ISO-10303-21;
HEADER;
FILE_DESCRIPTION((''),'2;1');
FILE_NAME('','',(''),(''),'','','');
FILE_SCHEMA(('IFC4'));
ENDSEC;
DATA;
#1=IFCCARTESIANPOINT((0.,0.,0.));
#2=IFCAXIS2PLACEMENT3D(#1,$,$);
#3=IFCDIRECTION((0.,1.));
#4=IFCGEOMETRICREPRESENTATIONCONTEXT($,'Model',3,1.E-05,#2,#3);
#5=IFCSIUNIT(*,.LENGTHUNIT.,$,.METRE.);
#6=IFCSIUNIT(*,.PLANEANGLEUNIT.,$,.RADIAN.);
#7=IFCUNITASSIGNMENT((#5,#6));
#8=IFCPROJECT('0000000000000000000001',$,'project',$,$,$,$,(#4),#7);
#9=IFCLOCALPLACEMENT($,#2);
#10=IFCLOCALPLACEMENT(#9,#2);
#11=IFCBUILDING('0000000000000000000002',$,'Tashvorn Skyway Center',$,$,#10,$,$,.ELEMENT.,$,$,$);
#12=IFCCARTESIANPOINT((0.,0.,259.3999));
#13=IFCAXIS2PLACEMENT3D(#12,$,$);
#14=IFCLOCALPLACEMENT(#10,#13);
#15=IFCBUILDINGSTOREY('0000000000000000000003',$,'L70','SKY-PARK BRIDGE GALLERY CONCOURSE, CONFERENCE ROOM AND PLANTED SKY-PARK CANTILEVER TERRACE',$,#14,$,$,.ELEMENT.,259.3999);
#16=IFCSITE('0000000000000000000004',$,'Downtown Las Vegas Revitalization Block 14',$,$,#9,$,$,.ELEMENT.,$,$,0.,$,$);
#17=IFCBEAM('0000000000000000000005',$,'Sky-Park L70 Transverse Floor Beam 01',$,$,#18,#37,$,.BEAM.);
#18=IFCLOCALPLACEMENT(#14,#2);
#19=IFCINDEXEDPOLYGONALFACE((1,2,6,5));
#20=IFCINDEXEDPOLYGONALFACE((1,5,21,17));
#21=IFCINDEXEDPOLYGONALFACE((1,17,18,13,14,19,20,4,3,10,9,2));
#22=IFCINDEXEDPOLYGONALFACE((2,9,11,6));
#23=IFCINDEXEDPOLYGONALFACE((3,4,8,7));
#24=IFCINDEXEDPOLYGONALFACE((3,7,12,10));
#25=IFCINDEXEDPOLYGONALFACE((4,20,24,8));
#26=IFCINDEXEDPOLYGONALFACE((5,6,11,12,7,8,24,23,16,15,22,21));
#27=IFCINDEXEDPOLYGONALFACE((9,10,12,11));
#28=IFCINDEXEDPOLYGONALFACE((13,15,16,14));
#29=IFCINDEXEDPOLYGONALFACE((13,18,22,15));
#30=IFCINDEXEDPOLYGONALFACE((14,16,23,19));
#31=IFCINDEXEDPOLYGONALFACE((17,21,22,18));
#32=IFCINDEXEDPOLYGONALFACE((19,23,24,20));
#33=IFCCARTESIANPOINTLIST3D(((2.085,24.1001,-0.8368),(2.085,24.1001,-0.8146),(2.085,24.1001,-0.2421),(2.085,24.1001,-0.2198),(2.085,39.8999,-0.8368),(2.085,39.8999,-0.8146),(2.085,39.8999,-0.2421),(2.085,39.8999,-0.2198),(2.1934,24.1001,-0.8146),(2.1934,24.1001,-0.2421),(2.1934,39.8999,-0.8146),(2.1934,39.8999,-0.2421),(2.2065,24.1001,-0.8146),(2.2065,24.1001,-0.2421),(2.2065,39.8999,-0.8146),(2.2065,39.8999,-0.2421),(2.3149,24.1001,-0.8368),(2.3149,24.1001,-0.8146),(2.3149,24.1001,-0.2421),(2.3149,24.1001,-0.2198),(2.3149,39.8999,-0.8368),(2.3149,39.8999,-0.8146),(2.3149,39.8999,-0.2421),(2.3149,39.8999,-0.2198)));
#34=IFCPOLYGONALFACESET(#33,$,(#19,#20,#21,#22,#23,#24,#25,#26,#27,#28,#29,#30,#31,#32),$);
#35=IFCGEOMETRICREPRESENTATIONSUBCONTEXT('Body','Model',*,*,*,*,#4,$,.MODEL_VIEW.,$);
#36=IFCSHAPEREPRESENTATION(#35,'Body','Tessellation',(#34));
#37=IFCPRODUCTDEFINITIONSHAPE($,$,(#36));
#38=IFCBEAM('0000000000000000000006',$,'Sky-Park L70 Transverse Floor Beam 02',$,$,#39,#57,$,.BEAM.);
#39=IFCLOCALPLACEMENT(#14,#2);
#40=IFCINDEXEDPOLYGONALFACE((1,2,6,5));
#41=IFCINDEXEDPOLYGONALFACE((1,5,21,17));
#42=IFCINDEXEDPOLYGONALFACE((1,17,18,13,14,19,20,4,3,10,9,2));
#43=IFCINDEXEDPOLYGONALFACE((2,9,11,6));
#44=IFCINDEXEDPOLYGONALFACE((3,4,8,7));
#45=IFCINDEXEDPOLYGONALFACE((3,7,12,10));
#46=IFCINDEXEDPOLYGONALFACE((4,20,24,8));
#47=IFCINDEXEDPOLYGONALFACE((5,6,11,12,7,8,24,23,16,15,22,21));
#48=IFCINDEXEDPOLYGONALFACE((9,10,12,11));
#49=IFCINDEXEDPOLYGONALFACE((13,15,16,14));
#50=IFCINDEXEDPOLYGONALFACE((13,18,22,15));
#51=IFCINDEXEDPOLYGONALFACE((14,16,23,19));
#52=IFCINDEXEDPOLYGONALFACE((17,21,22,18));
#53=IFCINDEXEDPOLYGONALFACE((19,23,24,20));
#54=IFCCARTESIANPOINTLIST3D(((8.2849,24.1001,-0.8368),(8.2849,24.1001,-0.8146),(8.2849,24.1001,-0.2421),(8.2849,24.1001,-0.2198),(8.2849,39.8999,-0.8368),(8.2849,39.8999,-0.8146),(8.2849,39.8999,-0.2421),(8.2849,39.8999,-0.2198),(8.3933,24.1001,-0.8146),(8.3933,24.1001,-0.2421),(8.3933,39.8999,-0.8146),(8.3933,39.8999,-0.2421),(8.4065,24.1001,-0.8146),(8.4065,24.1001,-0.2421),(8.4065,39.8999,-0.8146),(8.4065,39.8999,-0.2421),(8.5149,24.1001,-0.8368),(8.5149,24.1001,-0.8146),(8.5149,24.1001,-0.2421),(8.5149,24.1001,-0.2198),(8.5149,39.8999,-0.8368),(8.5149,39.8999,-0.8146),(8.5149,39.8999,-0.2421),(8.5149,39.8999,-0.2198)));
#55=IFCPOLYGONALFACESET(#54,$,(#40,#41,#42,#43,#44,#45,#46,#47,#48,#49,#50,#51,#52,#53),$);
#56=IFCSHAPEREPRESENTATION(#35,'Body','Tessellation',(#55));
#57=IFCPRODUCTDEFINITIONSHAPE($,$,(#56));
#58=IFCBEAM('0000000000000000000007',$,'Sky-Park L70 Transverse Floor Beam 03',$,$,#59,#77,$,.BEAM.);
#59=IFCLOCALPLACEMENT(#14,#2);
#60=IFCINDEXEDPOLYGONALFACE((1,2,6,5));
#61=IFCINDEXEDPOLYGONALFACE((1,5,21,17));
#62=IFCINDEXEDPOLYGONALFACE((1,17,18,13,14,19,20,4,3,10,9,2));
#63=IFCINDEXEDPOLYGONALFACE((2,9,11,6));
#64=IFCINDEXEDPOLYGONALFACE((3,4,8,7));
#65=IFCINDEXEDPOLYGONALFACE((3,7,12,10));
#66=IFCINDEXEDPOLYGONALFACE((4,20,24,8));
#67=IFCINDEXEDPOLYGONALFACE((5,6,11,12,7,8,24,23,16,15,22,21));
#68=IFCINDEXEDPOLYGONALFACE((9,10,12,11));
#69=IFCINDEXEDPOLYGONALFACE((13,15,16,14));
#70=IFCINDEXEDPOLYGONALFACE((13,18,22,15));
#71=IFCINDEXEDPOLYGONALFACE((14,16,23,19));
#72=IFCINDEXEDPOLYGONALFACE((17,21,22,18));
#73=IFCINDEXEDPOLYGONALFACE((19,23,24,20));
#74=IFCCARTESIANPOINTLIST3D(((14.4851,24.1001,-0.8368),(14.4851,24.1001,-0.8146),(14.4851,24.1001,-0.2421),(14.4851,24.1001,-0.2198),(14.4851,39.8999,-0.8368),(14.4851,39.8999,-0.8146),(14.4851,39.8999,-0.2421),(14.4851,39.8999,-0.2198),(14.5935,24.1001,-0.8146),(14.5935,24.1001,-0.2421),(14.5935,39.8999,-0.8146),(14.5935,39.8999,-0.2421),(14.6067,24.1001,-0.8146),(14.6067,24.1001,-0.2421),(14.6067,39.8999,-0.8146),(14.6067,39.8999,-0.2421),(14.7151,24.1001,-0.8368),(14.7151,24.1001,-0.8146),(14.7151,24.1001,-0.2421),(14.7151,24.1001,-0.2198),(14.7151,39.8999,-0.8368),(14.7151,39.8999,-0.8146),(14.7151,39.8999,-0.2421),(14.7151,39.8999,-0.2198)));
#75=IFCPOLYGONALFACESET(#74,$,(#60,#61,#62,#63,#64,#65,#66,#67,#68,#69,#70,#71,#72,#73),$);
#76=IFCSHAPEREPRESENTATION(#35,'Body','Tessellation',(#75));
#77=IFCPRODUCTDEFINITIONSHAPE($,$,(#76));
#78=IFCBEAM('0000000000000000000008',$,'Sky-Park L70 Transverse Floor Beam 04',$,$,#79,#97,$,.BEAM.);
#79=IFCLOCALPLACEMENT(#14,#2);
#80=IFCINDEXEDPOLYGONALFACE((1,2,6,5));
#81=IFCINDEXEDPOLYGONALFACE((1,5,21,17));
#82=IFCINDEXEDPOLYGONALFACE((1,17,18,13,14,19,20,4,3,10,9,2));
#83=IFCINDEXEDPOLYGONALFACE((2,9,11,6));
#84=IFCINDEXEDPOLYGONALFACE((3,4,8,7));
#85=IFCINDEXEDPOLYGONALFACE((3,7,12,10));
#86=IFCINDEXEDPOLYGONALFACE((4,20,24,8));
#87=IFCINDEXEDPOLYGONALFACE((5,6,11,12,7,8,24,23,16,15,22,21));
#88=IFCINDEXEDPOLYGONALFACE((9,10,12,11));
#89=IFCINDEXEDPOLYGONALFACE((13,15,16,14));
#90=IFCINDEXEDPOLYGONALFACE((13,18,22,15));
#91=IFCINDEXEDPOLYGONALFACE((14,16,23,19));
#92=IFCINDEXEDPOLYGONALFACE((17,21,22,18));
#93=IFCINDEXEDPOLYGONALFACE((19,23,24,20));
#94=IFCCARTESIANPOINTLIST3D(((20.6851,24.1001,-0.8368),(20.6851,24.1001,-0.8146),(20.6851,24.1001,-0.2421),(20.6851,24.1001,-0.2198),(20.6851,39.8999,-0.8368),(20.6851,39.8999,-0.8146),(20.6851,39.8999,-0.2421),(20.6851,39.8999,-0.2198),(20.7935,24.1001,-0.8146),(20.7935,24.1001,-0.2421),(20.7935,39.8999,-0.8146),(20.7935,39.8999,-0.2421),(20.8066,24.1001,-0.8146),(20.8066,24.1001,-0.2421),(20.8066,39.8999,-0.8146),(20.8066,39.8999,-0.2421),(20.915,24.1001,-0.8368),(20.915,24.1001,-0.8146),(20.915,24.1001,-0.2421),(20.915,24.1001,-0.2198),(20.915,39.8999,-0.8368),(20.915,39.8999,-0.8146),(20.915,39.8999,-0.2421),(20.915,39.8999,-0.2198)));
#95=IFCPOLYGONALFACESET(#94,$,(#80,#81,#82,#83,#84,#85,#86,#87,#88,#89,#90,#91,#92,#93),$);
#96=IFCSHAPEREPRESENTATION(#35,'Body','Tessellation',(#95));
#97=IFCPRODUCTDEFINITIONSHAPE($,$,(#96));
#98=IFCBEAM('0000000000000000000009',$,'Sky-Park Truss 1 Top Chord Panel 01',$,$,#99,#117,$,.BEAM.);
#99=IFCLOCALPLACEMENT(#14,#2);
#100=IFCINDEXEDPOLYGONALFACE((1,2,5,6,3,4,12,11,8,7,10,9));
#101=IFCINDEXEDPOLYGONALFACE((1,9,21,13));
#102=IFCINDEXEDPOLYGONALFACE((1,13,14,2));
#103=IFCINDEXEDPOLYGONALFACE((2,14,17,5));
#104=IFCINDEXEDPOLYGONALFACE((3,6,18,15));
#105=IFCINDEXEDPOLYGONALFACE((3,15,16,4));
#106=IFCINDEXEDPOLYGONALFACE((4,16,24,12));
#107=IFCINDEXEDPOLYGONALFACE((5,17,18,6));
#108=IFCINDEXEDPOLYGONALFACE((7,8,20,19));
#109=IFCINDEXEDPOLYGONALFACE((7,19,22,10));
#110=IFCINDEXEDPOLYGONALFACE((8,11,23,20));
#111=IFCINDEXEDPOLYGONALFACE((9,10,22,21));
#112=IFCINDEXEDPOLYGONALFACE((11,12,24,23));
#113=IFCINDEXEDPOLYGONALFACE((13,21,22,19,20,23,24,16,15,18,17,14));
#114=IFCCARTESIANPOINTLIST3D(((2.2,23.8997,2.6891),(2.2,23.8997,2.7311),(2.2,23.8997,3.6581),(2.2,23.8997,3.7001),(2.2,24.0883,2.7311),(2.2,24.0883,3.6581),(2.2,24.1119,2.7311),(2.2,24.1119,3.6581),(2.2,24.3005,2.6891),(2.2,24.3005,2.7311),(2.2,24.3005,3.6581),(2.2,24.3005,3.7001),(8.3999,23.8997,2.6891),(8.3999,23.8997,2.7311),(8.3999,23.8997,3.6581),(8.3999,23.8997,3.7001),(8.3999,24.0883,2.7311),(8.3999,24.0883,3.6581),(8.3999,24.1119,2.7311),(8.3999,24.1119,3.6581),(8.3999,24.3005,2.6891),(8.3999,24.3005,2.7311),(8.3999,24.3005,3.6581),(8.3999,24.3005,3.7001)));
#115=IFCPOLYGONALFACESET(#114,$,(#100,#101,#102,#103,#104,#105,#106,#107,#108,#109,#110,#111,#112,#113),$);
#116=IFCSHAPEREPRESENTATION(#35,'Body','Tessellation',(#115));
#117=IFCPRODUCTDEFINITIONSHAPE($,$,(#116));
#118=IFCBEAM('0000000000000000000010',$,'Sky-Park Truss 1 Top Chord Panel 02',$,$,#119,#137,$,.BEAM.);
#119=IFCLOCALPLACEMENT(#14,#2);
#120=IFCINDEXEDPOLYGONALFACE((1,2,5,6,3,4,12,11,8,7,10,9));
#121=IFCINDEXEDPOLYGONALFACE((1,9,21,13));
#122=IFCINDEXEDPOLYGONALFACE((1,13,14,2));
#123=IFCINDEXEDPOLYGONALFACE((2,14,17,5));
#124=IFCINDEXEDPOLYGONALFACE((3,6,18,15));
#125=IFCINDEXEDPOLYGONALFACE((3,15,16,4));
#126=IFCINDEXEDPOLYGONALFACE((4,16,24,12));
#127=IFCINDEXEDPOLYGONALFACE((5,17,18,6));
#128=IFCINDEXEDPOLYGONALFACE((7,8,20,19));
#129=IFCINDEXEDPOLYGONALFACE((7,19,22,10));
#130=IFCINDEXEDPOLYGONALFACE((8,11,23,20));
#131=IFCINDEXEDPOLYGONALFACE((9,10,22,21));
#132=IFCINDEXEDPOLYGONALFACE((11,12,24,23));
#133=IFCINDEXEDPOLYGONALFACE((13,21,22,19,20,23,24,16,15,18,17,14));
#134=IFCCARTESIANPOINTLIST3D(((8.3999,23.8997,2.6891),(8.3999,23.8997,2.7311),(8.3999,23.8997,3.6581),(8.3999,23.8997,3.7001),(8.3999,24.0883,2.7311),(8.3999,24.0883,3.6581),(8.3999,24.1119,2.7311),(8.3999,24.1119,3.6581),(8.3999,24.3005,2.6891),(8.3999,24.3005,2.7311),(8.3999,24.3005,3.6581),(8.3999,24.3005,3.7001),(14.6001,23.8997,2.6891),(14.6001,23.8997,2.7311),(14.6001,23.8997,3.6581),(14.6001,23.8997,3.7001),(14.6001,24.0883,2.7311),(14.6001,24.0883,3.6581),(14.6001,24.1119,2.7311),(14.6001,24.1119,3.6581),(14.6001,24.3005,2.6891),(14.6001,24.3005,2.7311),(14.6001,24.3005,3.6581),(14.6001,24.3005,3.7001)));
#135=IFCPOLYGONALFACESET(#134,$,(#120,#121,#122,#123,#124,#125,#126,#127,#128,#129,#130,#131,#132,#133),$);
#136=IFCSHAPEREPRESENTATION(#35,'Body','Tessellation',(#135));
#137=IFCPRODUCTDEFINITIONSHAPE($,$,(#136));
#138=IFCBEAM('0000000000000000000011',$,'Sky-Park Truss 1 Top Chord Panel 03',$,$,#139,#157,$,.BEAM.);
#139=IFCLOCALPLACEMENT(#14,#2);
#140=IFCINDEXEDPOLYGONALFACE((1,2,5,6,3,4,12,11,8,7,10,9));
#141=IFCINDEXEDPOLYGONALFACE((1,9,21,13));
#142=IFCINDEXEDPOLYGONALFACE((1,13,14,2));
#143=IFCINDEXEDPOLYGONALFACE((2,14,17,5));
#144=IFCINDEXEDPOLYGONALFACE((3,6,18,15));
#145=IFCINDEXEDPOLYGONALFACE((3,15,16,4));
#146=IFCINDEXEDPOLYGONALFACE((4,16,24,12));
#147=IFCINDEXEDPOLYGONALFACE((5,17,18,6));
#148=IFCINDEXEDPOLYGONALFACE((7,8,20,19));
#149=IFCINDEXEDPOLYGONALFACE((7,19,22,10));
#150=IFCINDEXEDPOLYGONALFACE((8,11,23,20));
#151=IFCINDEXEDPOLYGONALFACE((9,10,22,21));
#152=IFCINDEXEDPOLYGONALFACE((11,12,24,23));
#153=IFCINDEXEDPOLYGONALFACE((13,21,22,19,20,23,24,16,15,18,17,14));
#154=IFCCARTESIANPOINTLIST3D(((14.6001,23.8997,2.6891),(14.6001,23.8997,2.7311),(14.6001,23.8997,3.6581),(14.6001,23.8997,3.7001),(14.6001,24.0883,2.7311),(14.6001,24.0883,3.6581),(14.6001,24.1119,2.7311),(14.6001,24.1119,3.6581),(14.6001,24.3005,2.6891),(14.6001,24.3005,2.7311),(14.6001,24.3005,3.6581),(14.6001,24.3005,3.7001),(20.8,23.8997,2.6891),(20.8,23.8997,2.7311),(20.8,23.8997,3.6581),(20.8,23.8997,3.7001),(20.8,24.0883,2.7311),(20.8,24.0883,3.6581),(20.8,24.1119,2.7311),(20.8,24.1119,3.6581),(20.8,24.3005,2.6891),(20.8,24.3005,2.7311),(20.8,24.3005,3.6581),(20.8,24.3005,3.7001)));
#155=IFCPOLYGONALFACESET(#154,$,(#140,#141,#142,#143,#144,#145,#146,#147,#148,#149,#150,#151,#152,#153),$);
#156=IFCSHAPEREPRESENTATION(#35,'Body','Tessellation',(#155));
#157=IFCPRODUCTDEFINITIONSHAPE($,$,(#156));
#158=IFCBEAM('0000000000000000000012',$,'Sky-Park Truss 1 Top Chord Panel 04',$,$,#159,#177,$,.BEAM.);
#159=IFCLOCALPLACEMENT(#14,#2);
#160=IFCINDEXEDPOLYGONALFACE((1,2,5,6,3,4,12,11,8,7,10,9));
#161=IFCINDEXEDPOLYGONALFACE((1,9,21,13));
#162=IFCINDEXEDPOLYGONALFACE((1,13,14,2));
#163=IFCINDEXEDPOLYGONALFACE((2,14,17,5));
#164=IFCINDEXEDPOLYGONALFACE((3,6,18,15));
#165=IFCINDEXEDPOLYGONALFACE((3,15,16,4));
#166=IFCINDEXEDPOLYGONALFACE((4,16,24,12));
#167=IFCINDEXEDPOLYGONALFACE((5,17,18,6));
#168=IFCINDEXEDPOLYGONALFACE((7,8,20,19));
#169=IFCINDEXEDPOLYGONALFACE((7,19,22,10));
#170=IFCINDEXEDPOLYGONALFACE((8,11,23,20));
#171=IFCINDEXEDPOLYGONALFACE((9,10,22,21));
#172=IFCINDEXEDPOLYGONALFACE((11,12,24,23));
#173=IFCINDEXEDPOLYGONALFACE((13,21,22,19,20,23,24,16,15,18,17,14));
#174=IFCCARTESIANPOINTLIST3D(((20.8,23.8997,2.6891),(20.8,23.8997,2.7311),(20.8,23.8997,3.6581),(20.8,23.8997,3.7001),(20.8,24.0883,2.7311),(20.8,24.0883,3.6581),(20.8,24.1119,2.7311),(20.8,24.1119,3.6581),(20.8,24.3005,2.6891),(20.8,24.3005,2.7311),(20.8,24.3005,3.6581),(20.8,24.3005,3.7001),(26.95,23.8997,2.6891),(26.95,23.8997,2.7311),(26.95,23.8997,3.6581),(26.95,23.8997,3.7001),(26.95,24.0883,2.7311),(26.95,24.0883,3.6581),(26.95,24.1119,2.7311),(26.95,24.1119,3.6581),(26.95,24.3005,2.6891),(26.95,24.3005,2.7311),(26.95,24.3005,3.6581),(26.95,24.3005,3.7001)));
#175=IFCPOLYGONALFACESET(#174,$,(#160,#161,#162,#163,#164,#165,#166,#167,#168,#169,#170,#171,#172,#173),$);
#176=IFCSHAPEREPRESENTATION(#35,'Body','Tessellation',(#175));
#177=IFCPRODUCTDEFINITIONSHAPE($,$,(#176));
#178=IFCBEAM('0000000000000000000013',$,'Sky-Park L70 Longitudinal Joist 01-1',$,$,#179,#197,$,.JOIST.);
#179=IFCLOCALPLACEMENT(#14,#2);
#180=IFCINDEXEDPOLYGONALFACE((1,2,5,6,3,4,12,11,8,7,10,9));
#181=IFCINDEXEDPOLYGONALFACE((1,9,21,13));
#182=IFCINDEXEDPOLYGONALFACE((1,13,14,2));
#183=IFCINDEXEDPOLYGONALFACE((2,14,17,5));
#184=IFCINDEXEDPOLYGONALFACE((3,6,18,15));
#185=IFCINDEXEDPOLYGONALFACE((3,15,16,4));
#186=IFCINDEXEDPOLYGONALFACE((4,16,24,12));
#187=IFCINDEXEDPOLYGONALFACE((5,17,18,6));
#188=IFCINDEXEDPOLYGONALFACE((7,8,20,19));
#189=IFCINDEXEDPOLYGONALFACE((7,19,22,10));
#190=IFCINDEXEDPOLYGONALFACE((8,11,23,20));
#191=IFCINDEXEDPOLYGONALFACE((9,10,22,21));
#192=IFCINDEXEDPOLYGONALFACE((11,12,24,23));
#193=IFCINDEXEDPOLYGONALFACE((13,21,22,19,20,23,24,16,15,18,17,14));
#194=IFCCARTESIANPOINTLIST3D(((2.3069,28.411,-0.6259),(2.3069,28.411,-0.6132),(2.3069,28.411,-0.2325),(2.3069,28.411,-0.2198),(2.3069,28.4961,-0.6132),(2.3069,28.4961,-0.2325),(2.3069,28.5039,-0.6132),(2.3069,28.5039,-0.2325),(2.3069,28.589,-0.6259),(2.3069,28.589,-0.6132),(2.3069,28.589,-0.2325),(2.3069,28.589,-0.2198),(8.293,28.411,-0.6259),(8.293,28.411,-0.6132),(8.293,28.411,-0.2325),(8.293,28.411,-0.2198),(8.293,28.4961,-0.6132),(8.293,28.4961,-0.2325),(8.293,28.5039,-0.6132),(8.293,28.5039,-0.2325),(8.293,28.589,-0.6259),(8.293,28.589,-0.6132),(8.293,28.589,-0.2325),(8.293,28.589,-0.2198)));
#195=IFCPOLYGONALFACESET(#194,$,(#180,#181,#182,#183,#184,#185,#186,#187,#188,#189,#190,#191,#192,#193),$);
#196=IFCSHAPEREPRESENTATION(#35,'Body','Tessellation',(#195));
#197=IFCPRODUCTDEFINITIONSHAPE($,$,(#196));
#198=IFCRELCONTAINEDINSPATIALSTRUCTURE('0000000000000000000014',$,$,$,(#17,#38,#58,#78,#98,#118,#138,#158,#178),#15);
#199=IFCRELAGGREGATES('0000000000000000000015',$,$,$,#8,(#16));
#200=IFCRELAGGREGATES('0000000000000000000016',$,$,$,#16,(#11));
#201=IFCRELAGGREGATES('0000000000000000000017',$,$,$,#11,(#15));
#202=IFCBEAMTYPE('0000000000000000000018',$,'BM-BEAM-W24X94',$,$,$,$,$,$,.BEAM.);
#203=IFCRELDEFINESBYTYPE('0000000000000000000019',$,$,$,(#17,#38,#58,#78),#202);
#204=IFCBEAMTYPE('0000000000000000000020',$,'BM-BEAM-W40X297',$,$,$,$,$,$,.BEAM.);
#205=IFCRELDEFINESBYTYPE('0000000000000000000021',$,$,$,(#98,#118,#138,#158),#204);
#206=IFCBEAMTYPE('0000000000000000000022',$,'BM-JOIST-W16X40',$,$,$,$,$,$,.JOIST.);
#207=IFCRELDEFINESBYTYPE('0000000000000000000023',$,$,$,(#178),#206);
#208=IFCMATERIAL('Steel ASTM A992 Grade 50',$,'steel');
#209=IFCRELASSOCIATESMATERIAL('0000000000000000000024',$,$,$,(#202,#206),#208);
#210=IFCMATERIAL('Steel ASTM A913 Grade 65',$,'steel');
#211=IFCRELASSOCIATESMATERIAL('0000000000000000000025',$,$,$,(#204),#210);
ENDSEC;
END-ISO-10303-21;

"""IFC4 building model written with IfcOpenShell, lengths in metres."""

from ifc_helpers import new_model, si_unit, direction, frame, origin, origin_2d, place, context, subcontext, project, spatial, i_section, extrude, material, material_profile, profile_set, type_object, element, save


model = new_model("IFC4")

# Units and contexts
model_context = context("Model", 3, precision=1e-05, world=origin(), true_north=direction((0.0, 1.0)))
body_context = subcontext(model_context, "Body", "Model", "MODEL_VIEW")
ifc_project = project(units=[si_unit("LENGTHUNIT", "METRE"), si_unit("PLANEANGLEUNIT", "RADIAN")], contexts=[model_context])

# Site, building, storey
site_placement = place(None, origin())
site = spatial("IfcSite", under=ifc_project, at=site_placement, Name="Downtown Las Vegas Revitalization Block 14", CompositionType="ELEMENT", RefElevation=0.0)
building_placement = place(site_placement, origin())
building = spatial("IfcBuilding", under=site, at=building_placement, Name="Tashvorn Skyway Center", CompositionType="ELEMENT")
storey_placement = place(building_placement, frame((0.0, 0.0, 259.3999)))
storey = spatial("IfcBuildingStorey", under=building, at=storey_placement, Name="L70", Description="SKY-PARK BRIDGE GALLERY CONCOURSE, CONFERENCE ROOM AND PLANTED SKY-PARK CANTILEVER TERRACE", CompositionType="ELEMENT", Elevation=259.3999)

# Beams
ifc_material_1 = material(Name="Steel ASTM A992 Grade 50", Category="steel")
ifc_material_profile_1 = material_profile(ifc_material_1, i_section(OverallWidth=0.23, OverallDepth=0.6169, WebThickness=0.0132, FlangeThickness=0.0222, at=origin_2d()), Name="W24X94")
ifc_profile_set_1 = profile_set([ifc_material_profile_1], Name="Steel ASTM A992 Grade 50")
beam_type_1 = type_object("IfcBeamType", Name="BM-BEAM-W24X94", PredefinedType="BEAM", material=ifc_profile_set_1)
for number, where, z_axis, x_axis, name in (
    (1, (2.2, 24.1001, -0.5283), (0.0, 1.0, 0.0), (-1.0, 0.0, 0.0), "Sky-Park L70 Transverse Floor Beam 01"),
    (2, (8.3999, 24.1001, -0.5283), (0.0, 1.0, 0.0), (-1.0, 0.0, 0.0), "Sky-Park L70 Transverse Floor Beam 02"),
    (3, (14.6001, 24.1001, -0.5283), (0.0, 1.0, 0.0), (-1.0, 0.0, 0.0), "Sky-Park L70 Transverse Floor Beam 03"),
    (4, (20.8, 24.1001, -0.5283), (0.0, 1.0, 0.0), (-1.0, 0.0, 0.0), "Sky-Park L70 Transverse Floor Beam 04"),
):
    element("IfcBeam", number, at=place(storey_placement, frame(where, z_axis=z_axis, x_axis=x_axis)), inside=storey, type_object=beam_type_1, Name=name, PredefinedType="BEAM", context=body_context, shape_type="SweptSolid", body=[
        extrude(i_section(OverallWidth=0.23, OverallDepth=0.6169, WebThickness=0.0132, FlangeThickness=0.0222, at=origin_2d()), origin(), (0.0, 0.0, 1.0), 15.7998),
    ])
ifc_material_2 = material(Name="Steel ASTM A913 Grade 65", Category="steel")
ifc_material_profile_2 = material_profile(ifc_material_2, i_section(OverallWidth=0.4009, OverallDepth=1.011, WebThickness=0.0237, FlangeThickness=0.042, at=origin_2d()), Name="W40X297")
ifc_profile_set_2 = profile_set([ifc_material_profile_2], Name="Steel ASTM A913 Grade 65")
beam_type_2 = type_object("IfcBeamType", Name="BM-BEAM-W40X297", PredefinedType="BEAM", material=ifc_profile_set_2)
beam_1_placement = place(storey_placement, frame((2.2, 24.1001, 3.1946), z_axis=(1.0, 0.0, 0.0), x_axis=(0.0, 1.0, 0.0)))
element("IfcBeam", 5, at=beam_1_placement, inside=storey, type_object=beam_type_2, Name="Sky-Park Truss 1 Top Chord Panel 01", PredefinedType="BEAM", context=body_context, shape_type="SweptSolid", body=[
    extrude(i_section(OverallWidth=0.4009, OverallDepth=1.011, WebThickness=0.0237, FlangeThickness=0.042, at=origin_2d()), origin(), (0.0, 0.0, 1.0), 6.2),
])
beam_2_placement = place(storey_placement, frame((8.3999, 24.1001, 3.1946), z_axis=(1.0, 0.0, 0.0), x_axis=(0.0, 1.0, 0.0)))
element("IfcBeam", 6, at=beam_2_placement, inside=storey, type_object=beam_type_2, Name="Sky-Park Truss 1 Top Chord Panel 02", PredefinedType="BEAM", context=body_context, shape_type="SweptSolid", body=[
    extrude(i_section(OverallWidth=0.4009, OverallDepth=1.011, WebThickness=0.0237, FlangeThickness=0.042, at=origin_2d()), origin(), (0.0, 0.0, 1.0), 6.2002),
])
beam_3_placement = place(storey_placement, frame((14.6001, 24.1001, 3.1946), z_axis=(1.0, 0.0, 0.0), x_axis=(0.0, 1.0, 0.0)))
element("IfcBeam", 7, at=beam_3_placement, inside=storey, type_object=beam_type_2, Name="Sky-Park Truss 1 Top Chord Panel 03", PredefinedType="BEAM", context=body_context, shape_type="SweptSolid", body=[
    extrude(i_section(OverallWidth=0.4009, OverallDepth=1.011, WebThickness=0.0237, FlangeThickness=0.042, at=origin_2d()), origin(), (0.0, 0.0, 1.0), 6.2),
])
beam_4_placement = place(storey_placement, frame((20.8, 24.1001, 3.1946), z_axis=(1.0, 0.0, 0.0), x_axis=(0.0, 1.0, 0.0)))
element("IfcBeam", 8, at=beam_4_placement, inside=storey, type_object=beam_type_2, Name="Sky-Park Truss 1 Top Chord Panel 04", PredefinedType="BEAM", context=body_context, shape_type="SweptSolid", body=[
    extrude(i_section(OverallWidth=0.4009, OverallDepth=1.011, WebThickness=0.0237, FlangeThickness=0.042, at=origin_2d()), origin(), (0.0, 0.0, 1.0), 6.1499),
])
ifc_material_profile_3 = material_profile(ifc_material_1, i_section(OverallWidth=0.178, OverallDepth=0.406, WebThickness=0.0078, FlangeThickness=0.0127, at=origin_2d()), Name="W16X40")
ifc_profile_set_3 = profile_set([ifc_material_profile_3], Name="Steel ASTM A992 Grade 50")
beam_type_3 = type_object("IfcBeamType", Name="BM-JOIST-W16X40", PredefinedType="JOIST", material=ifc_profile_set_3)
beam_5_placement = place(storey_placement, frame((2.3069, 28.5, -0.4229), z_axis=(1.0, 0.0, 0.0), x_axis=(0.0, 1.0, 0.0)))
element("IfcBeam", 9, at=beam_5_placement, inside=storey, type_object=beam_type_3, Name="Sky-Park L70 Longitudinal Joist 01-1", PredefinedType="JOIST", context=body_context, shape_type="SweptSolid", body=[
    extrude(i_section(OverallWidth=0.178, OverallDepth=0.406, WebThickness=0.0078, FlangeThickness=0.0127, at=origin_2d()), origin(), (0.0, 0.0, 1.0), 5.9861),
])

save(model, "model.ifc")
